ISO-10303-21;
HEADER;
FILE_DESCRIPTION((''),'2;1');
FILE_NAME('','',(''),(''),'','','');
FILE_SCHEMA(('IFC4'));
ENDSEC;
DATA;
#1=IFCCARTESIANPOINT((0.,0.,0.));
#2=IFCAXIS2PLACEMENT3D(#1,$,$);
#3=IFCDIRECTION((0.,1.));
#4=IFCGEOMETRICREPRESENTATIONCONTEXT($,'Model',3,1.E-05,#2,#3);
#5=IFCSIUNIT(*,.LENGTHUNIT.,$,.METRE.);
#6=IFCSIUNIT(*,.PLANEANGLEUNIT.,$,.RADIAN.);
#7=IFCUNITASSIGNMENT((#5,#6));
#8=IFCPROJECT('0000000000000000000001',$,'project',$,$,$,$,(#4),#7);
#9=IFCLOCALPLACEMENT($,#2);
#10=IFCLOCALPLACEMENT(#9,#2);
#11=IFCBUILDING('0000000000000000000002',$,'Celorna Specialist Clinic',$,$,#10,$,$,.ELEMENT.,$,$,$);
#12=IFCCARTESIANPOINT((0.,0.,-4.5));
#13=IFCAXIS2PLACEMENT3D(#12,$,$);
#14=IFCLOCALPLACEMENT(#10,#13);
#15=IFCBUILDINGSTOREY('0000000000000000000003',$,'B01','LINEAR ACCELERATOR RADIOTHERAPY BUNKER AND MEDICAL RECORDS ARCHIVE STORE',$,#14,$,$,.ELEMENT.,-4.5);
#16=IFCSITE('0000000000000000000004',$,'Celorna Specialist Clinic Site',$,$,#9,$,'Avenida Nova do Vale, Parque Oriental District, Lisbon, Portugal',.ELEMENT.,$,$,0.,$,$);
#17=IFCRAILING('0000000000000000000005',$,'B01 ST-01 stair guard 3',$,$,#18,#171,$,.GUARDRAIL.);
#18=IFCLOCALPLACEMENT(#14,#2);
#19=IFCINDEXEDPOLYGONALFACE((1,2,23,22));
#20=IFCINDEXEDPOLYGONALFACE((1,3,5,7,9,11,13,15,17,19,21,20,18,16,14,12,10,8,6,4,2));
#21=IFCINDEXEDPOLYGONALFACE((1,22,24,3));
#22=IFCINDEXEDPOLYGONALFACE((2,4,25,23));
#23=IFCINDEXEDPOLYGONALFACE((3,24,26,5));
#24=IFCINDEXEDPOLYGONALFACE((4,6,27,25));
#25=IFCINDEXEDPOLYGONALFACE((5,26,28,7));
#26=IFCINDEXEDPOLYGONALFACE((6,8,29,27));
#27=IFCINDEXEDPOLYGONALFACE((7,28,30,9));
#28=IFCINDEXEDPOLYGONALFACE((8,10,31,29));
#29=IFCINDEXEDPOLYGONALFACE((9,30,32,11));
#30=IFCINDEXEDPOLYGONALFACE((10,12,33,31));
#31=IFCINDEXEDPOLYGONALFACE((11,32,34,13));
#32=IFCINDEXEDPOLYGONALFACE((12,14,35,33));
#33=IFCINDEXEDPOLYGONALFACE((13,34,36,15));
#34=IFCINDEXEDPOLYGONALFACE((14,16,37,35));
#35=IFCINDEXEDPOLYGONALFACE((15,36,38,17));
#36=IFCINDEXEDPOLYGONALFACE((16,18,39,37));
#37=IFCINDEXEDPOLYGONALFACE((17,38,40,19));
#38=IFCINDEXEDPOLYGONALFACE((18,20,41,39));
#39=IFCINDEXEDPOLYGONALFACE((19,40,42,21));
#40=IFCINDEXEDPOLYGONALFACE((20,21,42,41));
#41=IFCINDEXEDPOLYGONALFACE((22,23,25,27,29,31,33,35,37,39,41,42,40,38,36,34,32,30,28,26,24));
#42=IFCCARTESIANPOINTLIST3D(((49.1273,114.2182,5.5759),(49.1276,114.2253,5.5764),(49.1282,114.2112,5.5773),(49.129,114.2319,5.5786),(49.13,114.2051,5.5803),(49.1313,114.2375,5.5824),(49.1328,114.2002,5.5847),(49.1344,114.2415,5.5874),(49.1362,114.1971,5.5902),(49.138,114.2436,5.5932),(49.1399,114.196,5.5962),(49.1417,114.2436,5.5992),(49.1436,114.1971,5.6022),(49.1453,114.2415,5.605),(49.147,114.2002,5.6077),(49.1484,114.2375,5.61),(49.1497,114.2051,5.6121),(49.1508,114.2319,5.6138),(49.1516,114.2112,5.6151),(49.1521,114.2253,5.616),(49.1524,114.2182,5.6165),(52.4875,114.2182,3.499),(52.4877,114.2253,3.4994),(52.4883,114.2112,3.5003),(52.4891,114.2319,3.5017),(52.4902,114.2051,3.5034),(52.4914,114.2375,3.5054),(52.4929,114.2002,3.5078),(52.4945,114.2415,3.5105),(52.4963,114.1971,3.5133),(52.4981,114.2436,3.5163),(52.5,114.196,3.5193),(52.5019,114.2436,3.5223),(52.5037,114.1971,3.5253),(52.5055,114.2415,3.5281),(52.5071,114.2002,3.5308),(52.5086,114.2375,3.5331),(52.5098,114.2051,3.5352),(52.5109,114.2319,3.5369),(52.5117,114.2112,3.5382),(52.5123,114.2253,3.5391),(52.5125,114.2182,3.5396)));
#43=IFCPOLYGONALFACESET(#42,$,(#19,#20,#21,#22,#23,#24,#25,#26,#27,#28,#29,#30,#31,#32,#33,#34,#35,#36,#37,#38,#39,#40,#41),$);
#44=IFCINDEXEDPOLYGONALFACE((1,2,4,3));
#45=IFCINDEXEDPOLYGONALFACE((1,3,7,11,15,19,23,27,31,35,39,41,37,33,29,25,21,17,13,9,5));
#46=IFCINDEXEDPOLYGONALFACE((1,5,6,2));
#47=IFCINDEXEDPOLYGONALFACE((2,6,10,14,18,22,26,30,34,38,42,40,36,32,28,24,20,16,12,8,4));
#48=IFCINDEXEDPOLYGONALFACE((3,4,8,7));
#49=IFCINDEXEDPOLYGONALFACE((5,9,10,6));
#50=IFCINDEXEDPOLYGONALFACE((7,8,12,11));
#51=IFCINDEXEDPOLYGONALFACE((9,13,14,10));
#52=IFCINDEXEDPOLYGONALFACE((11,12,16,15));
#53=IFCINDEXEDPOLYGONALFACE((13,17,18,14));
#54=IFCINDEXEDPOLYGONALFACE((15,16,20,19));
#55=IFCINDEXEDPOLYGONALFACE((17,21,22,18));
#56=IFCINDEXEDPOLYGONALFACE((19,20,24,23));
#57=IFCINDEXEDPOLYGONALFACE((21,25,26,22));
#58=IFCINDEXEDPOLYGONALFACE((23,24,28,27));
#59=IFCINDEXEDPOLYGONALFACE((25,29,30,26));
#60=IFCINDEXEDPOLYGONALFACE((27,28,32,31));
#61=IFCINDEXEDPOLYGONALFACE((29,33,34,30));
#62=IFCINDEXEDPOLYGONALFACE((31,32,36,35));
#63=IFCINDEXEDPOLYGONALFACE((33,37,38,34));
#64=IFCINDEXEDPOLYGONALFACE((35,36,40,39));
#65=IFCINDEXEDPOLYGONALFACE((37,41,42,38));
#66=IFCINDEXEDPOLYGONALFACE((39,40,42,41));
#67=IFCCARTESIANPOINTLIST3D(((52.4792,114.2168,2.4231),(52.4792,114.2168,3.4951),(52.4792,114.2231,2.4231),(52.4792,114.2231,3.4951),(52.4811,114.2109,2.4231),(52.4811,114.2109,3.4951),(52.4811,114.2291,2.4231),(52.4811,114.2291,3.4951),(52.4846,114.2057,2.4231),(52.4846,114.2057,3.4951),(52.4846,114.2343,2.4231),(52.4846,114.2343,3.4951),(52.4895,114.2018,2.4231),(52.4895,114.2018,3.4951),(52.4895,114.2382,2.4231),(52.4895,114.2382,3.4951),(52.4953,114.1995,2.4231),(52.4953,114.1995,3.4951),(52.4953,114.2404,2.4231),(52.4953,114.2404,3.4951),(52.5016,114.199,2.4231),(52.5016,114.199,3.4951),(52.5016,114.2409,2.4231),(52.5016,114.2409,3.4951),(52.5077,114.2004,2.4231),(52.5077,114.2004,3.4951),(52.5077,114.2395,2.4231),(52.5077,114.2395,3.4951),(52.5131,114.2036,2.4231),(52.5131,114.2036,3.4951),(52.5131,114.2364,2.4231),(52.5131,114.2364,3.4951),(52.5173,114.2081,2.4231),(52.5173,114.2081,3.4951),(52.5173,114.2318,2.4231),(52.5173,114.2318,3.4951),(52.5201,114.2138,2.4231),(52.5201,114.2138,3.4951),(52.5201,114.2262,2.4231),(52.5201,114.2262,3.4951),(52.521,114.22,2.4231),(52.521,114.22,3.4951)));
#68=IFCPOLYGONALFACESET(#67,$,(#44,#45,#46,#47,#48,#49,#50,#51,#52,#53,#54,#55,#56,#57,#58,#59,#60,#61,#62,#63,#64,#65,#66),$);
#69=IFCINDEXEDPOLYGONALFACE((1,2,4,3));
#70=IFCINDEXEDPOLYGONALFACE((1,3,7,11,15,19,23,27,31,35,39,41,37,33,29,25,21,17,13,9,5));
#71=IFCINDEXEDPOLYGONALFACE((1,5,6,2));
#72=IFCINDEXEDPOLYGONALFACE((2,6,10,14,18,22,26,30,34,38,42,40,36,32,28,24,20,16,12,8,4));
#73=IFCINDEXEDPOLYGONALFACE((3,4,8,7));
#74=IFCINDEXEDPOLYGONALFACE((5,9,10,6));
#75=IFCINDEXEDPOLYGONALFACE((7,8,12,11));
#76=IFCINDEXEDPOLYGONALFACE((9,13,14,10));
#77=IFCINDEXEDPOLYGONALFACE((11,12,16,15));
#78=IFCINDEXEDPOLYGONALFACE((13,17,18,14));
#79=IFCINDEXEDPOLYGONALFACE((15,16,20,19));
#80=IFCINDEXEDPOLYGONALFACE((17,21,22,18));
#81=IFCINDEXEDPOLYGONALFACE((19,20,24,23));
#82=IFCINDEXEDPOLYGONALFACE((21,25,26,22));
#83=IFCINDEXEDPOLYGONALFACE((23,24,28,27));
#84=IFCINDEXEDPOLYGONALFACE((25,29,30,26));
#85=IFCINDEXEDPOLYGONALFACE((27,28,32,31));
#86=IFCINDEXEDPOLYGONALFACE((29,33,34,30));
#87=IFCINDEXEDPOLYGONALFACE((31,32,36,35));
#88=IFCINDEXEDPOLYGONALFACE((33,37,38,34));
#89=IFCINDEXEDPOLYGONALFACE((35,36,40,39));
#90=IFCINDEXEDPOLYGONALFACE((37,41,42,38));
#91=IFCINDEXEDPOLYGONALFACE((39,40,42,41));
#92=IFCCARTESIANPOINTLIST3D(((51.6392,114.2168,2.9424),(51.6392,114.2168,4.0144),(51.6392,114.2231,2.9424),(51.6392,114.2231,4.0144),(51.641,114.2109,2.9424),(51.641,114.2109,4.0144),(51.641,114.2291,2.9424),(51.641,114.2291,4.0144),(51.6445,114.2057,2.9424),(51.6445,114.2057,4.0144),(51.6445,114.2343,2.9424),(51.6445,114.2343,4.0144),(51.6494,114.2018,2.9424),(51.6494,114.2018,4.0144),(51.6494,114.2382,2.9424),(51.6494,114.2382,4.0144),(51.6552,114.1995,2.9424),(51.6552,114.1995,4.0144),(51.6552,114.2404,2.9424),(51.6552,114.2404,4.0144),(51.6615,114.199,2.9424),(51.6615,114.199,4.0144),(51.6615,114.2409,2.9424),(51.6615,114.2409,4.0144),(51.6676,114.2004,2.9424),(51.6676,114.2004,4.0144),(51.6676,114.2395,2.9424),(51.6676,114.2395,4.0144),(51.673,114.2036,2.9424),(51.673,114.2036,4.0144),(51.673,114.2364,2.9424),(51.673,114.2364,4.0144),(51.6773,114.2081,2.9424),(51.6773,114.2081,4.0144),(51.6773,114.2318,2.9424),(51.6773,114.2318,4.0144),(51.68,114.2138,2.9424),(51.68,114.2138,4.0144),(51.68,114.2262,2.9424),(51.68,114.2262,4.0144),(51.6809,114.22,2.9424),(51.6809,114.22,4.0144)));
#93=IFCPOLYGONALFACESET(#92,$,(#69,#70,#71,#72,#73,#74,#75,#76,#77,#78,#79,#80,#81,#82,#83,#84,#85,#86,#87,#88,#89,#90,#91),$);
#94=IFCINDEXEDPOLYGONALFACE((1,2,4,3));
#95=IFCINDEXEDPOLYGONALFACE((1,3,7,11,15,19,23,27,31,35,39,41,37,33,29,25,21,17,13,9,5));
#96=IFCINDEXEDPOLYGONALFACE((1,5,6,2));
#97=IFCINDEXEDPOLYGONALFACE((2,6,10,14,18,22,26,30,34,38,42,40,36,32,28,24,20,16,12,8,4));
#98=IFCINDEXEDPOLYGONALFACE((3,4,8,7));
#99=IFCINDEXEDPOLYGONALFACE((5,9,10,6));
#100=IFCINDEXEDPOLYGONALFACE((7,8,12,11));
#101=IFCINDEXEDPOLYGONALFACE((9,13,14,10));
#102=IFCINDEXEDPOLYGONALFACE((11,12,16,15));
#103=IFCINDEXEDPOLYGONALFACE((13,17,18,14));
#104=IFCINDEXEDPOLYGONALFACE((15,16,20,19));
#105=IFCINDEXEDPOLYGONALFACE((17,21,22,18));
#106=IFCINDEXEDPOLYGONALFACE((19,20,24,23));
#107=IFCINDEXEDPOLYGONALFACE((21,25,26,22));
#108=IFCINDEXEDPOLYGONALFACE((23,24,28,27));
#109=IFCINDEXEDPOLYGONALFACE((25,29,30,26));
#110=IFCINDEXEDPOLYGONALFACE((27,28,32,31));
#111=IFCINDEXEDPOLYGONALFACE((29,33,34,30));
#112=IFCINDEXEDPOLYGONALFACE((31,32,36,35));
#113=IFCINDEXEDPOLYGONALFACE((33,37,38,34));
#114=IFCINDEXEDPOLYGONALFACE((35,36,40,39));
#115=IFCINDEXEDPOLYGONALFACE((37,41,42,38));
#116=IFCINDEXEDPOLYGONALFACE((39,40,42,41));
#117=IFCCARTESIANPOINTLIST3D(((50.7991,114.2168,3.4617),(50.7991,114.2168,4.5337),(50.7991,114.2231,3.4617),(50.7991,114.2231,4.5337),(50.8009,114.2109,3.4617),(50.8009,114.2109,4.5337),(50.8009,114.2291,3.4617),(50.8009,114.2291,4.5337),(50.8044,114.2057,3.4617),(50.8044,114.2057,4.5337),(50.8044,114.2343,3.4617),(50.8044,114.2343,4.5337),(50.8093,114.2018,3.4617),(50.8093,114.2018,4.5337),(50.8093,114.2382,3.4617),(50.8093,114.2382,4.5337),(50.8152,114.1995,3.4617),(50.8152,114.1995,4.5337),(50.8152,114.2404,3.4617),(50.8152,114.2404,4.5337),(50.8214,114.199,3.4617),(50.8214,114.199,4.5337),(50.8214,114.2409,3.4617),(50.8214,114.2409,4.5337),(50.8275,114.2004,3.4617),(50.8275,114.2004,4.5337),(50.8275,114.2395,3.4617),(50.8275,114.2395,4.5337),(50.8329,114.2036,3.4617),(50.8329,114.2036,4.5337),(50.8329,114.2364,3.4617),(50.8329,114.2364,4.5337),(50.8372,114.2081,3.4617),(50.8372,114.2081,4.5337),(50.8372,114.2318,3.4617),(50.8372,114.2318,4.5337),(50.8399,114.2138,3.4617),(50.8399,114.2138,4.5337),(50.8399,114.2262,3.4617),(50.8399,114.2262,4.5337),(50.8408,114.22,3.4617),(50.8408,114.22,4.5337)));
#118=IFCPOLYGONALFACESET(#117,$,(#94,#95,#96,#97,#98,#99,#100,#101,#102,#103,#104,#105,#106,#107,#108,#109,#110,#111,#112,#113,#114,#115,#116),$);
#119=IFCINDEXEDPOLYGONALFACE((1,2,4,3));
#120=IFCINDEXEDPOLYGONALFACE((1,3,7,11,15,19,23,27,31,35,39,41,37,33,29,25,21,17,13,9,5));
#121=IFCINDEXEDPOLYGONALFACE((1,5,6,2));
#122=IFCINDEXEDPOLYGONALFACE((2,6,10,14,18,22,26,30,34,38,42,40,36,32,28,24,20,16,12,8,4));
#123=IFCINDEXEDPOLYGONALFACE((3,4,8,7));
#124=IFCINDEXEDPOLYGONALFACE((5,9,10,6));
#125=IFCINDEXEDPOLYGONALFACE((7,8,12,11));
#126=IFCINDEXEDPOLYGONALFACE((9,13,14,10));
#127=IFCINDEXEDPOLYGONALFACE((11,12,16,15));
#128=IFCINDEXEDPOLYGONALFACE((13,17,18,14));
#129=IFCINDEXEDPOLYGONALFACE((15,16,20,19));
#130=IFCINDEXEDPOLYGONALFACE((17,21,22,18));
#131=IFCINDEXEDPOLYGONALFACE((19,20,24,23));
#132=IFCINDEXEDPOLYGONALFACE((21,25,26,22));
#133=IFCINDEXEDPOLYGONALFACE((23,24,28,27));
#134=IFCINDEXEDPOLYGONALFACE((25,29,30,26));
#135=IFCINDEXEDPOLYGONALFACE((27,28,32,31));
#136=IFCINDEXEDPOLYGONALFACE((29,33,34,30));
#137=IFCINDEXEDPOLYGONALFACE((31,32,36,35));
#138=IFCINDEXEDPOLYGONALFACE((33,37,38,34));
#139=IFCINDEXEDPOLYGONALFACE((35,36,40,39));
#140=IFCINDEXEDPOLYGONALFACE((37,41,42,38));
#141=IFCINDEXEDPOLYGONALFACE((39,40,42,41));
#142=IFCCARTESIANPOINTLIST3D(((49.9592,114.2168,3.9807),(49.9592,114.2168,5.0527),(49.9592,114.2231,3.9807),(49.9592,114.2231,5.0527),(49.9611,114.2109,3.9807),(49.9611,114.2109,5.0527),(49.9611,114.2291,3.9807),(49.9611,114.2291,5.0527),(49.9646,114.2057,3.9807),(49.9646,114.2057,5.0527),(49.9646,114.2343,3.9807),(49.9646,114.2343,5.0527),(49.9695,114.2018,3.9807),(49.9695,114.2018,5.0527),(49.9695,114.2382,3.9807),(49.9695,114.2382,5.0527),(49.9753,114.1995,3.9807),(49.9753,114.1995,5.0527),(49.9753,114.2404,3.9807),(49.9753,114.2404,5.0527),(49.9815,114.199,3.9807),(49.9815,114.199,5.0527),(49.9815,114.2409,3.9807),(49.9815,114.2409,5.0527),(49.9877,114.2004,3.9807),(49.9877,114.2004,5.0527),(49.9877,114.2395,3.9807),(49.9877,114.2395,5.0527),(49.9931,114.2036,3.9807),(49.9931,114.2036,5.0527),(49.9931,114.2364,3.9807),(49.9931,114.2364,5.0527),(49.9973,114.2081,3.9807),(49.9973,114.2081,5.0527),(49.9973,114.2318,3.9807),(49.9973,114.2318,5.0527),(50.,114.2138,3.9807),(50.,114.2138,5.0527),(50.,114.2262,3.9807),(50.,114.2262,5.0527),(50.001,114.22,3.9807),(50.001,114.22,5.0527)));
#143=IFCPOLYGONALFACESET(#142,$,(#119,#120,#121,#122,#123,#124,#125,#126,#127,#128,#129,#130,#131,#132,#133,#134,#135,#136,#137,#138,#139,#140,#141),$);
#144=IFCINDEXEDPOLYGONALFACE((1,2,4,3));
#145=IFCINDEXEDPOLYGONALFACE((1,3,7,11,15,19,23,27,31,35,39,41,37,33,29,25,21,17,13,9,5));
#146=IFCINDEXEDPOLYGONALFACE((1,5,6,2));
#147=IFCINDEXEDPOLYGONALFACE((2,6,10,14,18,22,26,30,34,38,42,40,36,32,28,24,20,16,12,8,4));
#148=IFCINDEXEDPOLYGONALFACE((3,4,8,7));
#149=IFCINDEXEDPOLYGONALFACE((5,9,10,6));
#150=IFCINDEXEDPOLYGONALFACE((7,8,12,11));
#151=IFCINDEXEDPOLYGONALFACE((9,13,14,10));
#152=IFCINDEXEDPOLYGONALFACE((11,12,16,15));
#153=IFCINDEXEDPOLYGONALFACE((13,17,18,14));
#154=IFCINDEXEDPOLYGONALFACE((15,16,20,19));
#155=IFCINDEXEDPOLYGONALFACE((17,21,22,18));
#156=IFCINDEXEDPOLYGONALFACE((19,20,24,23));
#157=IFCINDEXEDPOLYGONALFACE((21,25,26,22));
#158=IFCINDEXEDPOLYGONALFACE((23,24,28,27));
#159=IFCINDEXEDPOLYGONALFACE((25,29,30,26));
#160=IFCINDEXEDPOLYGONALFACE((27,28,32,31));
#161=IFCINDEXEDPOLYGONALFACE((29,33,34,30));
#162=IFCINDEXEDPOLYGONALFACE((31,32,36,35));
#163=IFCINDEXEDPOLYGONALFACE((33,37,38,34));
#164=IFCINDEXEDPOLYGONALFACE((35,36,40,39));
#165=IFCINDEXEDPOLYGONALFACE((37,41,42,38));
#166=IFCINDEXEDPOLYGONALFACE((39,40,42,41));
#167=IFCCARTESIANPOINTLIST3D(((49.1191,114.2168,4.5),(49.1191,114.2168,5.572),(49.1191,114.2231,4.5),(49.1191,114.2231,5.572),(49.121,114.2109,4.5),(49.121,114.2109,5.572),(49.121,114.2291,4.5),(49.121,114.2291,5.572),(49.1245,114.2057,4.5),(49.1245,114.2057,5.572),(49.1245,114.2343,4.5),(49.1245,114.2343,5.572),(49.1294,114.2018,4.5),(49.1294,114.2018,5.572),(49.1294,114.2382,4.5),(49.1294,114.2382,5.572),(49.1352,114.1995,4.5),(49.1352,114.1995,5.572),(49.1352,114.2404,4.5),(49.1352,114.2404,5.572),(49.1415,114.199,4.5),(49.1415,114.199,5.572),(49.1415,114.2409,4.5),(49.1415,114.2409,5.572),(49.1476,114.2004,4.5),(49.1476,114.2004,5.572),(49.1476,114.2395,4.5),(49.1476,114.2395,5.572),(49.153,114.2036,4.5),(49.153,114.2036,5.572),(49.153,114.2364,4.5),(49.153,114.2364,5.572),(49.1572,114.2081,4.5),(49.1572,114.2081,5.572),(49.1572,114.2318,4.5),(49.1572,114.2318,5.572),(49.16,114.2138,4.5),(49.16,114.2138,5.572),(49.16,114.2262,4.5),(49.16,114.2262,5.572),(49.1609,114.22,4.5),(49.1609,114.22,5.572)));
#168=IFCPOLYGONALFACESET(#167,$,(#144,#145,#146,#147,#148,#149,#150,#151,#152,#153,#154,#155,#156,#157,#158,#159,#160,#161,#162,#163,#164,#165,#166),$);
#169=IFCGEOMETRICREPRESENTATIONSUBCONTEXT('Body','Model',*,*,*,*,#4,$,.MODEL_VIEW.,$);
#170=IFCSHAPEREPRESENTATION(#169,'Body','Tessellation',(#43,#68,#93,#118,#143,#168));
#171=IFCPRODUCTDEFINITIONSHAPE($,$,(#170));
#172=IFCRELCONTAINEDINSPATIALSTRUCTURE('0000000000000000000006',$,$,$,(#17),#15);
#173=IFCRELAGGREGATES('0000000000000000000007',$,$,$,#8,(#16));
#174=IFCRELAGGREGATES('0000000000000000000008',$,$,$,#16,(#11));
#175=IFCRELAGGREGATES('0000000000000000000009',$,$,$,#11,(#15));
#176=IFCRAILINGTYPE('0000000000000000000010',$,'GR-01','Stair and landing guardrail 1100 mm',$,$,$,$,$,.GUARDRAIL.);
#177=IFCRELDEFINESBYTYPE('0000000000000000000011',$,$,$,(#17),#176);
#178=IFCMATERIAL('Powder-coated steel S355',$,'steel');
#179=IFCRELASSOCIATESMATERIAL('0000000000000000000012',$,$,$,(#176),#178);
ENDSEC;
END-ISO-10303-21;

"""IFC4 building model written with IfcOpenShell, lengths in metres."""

from ifc_helpers import new_model, si_unit, direction, frame, origin, origin_2d, place, context, subcontext, project, spatial, circle, extrude, material, type_object, element, save


model = new_model("IFC4")

# Units and contexts
model_context = context("Model", 3, precision=1e-05, world=origin(), true_north=direction((0.0, 1.0)))
body_context = subcontext(model_context, "Body", "Model", "MODEL_VIEW")
ifc_project = project(units=[si_unit("LENGTHUNIT", "METRE"), si_unit("PLANEANGLEUNIT", "RADIAN")], contexts=[model_context])

# Site, building, storey
site_placement = place(None, origin())
site = spatial("IfcSite", under=ifc_project, at=site_placement, Name="Celorna Specialist Clinic Site", LongName="Avenida Nova do Vale, Parque Oriental District, Lisbon, Portugal", CompositionType="ELEMENT", RefElevation=0.0)
building_placement = place(site_placement, origin())
building = spatial("IfcBuilding", under=site, at=building_placement, Name="Celorna Specialist Clinic", CompositionType="ELEMENT")
storey_placement = place(building_placement, frame((0.0, 0.0, -4.5)))
storey = spatial("IfcBuildingStorey", under=building, at=storey_placement, Name="B01", Description="LINEAR ACCELERATOR RADIOTHERAPY BUNKER AND MEDICAL RECORDS ARCHIVE STORE", CompositionType="ELEMENT", Elevation=-4.5)

# Railing
ifc_material_1 = material(Name="Powder-coated steel S355", Category="steel")
railing_type_1 = type_object("IfcRailingType", Name="GR-01", Description="Stair and landing guardrail 1100 mm", PredefinedType="GUARDRAIL", material=ifc_material_1)
railing_1_placement = place(storey_placement, frame((52.5, 114.22, 2.4231)))
element("IfcRailing", 1, at=railing_1_placement, inside=storey, type_object=railing_type_1, Name="B01 ST-01 stair guard 3", PredefinedType="GUARDRAIL", context=body_context, shape_type="SweptSolid", body=[
    extrude(circle(Radius=0.0239, at=origin_2d()), frame((0.0, 0.0, 1.0962), z_axis=(-0.850623, 0.0, 0.525776), x_axis=(0.0, -1.0, 0.0)), (0.0, 0.0, 1.0), 3.9502),
    extrude(circle(Radius=0.021, at=origin_2d()), origin(), (0.0, 0.0, 1.0), 1.072),
    extrude(circle(Radius=0.021, at=origin_2d()), frame((-0.8401, 0.0, 0.5193)), (0.0, 0.0, 1.0), 1.072),
    extrude(circle(Radius=0.021, at=origin_2d()), frame((-1.6802, 0.0, 1.0386)), (0.0, 0.0, 1.0), 1.072),
    extrude(circle(Radius=0.021, at=origin_2d()), frame((-2.52, 0.0, 1.5576)), (0.0, 0.0, 1.0), 1.072),
    extrude(circle(Radius=0.021, at=origin_2d()), frame((-3.3601, 0.0, 2.0769)), (0.0, 0.0, 1.0), 1.072),
])

save(model, "model.ifc")
